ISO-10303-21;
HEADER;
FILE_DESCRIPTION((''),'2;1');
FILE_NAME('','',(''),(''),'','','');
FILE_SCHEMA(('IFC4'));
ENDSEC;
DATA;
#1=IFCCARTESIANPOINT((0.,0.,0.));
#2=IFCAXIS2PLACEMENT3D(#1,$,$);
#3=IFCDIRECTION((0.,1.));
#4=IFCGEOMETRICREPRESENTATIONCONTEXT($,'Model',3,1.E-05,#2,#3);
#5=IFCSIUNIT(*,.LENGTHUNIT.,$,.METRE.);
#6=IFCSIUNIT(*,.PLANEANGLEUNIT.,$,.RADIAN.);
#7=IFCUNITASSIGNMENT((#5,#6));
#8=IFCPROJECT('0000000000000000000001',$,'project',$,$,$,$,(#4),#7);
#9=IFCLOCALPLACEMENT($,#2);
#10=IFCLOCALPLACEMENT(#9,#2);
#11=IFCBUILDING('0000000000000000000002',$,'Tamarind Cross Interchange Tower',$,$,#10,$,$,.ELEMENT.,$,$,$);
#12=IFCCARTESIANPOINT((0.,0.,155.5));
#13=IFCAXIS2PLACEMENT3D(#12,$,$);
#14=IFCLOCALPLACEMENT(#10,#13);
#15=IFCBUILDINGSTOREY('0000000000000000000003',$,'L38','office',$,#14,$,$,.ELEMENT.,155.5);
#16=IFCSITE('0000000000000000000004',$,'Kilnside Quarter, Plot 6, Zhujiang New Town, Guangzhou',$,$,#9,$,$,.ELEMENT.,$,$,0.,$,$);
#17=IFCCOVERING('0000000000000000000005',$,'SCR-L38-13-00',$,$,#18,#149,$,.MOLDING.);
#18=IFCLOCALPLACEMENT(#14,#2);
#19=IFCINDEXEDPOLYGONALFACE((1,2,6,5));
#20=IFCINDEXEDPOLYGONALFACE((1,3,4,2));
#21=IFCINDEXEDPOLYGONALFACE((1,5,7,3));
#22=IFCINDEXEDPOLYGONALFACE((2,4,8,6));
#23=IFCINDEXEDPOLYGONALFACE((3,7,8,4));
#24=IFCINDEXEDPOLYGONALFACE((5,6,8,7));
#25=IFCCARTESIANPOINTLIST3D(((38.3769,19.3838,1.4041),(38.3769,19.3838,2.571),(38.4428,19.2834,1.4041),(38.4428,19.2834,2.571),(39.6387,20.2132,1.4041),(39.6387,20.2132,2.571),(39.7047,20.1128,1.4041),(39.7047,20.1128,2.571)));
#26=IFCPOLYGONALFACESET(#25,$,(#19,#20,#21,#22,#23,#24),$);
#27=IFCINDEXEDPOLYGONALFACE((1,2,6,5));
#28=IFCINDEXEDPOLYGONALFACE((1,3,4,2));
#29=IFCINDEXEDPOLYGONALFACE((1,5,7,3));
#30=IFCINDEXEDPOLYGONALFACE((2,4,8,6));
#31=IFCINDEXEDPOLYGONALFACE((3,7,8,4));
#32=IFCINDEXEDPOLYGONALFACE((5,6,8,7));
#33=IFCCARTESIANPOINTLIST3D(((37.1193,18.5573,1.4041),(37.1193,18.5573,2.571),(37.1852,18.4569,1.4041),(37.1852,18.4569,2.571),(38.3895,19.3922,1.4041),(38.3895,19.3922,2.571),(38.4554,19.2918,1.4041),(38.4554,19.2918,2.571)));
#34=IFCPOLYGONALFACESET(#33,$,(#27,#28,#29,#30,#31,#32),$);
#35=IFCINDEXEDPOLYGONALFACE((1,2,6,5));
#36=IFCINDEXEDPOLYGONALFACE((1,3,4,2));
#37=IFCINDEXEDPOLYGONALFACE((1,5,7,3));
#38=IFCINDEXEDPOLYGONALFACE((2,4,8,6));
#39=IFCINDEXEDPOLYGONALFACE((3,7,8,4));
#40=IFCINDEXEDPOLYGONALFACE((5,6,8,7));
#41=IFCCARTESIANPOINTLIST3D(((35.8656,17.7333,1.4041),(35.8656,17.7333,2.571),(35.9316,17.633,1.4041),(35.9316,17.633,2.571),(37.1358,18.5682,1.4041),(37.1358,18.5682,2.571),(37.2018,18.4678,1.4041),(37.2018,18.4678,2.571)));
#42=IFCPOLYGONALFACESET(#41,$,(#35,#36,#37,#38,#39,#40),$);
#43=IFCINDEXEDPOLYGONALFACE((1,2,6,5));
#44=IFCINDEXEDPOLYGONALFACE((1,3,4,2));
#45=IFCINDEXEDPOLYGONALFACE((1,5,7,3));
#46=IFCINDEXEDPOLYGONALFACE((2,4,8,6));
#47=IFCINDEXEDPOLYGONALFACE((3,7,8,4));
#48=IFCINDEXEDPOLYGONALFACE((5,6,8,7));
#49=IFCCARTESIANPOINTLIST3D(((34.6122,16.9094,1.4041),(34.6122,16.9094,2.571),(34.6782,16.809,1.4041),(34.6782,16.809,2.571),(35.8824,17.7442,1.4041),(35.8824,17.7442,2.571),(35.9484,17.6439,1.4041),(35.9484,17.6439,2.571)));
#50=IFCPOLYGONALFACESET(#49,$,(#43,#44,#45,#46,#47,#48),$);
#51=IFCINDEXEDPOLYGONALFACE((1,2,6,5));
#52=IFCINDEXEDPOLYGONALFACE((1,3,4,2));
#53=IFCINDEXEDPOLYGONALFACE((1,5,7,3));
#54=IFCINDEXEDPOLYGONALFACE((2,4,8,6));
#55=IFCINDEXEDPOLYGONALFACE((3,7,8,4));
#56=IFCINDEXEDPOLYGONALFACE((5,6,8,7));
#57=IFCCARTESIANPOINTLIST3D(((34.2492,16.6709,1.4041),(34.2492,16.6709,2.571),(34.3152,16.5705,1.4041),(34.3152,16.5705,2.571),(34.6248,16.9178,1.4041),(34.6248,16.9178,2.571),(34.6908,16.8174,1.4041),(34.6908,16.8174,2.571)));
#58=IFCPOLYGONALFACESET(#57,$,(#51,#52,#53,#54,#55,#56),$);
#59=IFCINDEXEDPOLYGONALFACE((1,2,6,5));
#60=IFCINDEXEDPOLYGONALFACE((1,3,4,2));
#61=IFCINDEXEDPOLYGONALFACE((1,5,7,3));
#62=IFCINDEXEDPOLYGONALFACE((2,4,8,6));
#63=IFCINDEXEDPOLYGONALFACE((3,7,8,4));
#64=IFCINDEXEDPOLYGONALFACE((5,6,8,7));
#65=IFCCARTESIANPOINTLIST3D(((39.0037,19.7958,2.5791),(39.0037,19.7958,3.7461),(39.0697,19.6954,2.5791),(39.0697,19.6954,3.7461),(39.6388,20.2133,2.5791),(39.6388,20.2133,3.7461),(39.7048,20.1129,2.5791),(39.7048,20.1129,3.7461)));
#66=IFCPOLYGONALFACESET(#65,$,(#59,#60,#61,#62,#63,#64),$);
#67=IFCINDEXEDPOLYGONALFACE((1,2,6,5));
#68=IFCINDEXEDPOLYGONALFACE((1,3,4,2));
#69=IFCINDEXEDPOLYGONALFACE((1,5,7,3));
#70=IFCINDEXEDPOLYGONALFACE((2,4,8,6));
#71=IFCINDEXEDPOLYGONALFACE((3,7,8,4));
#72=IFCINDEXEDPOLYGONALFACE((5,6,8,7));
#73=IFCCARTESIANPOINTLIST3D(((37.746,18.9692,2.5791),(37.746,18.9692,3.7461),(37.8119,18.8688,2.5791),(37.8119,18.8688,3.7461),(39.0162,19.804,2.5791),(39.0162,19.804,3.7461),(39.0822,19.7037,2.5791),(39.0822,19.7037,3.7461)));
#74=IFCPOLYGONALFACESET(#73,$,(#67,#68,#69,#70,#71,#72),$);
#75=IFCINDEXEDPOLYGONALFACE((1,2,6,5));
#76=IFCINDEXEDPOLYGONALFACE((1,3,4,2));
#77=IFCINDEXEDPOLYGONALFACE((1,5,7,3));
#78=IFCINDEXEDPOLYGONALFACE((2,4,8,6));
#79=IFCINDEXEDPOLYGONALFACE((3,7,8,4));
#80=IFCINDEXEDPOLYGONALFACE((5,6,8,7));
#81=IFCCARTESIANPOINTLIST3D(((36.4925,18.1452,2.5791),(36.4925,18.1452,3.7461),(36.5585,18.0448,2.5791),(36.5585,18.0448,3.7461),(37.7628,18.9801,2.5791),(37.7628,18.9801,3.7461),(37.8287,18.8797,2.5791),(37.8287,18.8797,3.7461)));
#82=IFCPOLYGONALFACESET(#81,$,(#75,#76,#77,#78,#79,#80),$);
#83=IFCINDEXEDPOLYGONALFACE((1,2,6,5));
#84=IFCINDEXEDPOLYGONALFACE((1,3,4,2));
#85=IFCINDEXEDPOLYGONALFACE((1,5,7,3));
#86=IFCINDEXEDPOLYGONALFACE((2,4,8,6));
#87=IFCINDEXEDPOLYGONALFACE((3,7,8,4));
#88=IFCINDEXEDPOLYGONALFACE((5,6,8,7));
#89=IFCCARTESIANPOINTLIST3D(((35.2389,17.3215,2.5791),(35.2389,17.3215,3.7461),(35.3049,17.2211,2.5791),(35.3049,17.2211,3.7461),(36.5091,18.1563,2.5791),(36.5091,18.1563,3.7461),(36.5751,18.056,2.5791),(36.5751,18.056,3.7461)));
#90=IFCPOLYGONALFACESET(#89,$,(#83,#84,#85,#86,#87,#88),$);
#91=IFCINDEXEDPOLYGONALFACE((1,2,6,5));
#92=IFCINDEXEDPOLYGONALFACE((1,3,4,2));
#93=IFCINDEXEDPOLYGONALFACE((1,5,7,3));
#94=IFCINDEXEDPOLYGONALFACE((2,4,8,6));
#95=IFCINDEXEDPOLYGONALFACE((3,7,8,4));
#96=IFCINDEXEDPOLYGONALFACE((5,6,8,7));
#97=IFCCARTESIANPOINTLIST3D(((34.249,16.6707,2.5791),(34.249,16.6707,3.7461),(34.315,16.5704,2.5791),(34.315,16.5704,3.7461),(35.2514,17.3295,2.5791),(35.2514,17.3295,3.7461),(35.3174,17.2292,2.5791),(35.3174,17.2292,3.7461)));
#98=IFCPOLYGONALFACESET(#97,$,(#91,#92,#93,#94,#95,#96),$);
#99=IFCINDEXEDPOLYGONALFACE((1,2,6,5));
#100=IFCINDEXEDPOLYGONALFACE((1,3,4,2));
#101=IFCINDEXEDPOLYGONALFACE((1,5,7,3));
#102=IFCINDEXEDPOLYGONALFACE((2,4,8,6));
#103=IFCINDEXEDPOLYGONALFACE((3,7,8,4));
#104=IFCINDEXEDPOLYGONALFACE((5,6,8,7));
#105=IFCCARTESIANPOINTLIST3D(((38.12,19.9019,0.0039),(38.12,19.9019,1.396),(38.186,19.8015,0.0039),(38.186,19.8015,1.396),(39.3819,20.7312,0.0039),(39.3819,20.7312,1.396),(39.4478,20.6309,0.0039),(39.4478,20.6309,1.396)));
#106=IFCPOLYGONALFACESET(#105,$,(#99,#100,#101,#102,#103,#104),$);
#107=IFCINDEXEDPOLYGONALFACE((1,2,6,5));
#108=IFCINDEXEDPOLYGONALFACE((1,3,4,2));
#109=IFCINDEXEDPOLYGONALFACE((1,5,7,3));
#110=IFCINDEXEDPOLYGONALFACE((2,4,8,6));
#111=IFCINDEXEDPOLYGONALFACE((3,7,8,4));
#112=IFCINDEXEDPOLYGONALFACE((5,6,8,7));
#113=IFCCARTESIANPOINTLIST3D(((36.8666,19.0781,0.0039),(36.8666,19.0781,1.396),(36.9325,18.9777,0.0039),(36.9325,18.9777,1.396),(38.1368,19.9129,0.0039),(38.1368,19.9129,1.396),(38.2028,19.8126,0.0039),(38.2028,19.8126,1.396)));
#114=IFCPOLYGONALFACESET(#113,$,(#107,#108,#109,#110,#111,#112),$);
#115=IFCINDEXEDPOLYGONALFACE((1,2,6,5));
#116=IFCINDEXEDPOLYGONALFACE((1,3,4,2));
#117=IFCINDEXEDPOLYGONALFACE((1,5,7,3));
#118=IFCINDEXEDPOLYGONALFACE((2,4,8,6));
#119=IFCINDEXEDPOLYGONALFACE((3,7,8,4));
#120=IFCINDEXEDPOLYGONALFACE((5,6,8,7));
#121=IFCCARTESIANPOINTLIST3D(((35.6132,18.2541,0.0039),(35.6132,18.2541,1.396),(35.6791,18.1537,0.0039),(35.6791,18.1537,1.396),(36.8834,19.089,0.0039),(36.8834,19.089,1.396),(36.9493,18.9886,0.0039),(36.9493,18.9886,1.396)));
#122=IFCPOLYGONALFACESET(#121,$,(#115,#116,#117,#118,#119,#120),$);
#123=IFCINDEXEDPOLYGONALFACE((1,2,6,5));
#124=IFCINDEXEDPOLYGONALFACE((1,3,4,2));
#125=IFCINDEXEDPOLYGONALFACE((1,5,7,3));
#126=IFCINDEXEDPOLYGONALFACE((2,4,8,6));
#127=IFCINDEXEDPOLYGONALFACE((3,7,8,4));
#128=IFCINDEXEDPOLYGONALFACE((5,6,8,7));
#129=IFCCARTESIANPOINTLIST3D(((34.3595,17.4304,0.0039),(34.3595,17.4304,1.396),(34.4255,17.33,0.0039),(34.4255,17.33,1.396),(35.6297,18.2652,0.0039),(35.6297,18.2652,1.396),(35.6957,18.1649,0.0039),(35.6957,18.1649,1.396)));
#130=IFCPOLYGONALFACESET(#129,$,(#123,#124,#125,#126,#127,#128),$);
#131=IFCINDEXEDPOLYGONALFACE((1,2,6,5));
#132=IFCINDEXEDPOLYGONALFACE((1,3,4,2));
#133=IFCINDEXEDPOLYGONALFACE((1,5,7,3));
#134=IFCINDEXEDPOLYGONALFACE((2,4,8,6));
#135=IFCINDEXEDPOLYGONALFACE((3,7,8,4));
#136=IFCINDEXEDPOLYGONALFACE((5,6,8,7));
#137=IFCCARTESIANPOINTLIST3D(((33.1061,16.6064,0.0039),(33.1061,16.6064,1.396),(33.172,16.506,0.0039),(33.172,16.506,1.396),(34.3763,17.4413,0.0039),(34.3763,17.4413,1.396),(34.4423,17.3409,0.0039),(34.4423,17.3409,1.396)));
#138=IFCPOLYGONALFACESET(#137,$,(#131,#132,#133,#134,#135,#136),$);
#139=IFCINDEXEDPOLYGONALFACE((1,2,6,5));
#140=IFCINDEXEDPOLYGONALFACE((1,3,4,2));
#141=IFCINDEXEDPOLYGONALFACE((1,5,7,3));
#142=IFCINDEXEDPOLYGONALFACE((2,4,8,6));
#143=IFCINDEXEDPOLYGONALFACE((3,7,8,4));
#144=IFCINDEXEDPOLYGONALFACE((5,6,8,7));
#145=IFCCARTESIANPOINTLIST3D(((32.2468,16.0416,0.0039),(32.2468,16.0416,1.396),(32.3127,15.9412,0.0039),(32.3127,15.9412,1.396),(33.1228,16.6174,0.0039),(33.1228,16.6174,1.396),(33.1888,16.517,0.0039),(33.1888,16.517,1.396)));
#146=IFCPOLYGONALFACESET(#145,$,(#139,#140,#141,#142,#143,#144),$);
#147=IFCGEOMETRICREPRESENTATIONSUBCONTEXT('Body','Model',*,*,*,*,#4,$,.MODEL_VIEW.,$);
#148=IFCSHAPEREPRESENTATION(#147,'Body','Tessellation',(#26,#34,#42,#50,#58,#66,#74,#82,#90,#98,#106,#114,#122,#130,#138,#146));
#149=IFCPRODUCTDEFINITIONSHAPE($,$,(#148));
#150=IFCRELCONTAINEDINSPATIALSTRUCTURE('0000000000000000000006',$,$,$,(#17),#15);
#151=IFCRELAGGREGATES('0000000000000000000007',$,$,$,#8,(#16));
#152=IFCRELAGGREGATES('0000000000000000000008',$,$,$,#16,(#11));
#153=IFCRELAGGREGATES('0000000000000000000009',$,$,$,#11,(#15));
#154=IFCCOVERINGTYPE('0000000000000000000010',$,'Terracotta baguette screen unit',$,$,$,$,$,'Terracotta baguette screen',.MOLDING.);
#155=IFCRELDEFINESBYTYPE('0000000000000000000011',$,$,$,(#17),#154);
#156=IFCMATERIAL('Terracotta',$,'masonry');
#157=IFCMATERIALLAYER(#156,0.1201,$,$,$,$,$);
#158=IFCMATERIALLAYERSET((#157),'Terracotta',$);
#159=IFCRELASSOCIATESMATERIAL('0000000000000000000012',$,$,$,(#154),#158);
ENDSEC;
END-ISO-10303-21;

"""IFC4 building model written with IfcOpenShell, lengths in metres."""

from ifc_helpers import new_model, si_unit, direction, frame, origin, origin_2d, place, context, subcontext, project, spatial, rectangle, extrude, material, layer, layer_set, type_object, element, save


model = new_model("IFC4")

# Units and contexts
model_context = context("Model", 3, precision=1e-05, world=origin(), true_north=direction((0.0, 1.0)))
body_context = subcontext(model_context, "Body", "Model", "MODEL_VIEW")
ifc_project = project(units=[si_unit("LENGTHUNIT", "METRE"), si_unit("PLANEANGLEUNIT", "RADIAN")], contexts=[model_context])

# Site, building, storey
site_placement = place(None, origin())
site = spatial("IfcSite", under=ifc_project, at=site_placement, Name="Kilnside Quarter, Plot 6, Zhujiang New Town, Guangzhou", CompositionType="ELEMENT", RefElevation=0.0)
building_placement = place(site_placement, origin())
building = spatial("IfcBuilding", under=site, at=building_placement, Name="Tamarind Cross Interchange Tower", CompositionType="ELEMENT")
storey_placement = place(building_placement, frame((0.0, 0.0, 155.5)))
storey = spatial("IfcBuildingStorey", under=building, at=storey_placement, Name="L38", Description="office", CompositionType="ELEMENT", Elevation=155.5)

# Covering
ifc_material_1 = material(Name="Terracotta", Category="masonry")
ifc_layer_1 = layer(ifc_material_1, 0.1201)
ifc_layer_set_1 = layer_set([ifc_layer_1], Name="Terracotta")
covering_type = type_object("IfcCoveringType", Name="Terracotta baguette screen unit", ElementType="Terracotta baguette screen", PredefinedType="MOLDING", material=ifc_layer_set_1)
covering_1_placement = place(storey_placement, origin())
element("IfcCovering", 1, at=covering_1_placement, inside=storey, type_object=covering_type, Name="SCR-L38-13-00", PredefinedType="MOLDING", context=body_context, shape_type="SweptSolid", body=[
    extrude(rectangle(XDim=1.51, YDim=0.1201, at=origin_2d()), frame((39.0408, 19.7483, 1.4041), z_axis=(0.0, 0.0, 1.0), x_axis=(-0.83566, -0.549248, 0.0)), (0.0, 0.0, 1.0), 1.167),
    extrude(rectangle(XDim=1.52, YDim=0.1201, at=origin_2d()), frame((37.7874, 18.9246, 1.4041), z_axis=(0.0, 0.0, 1.0), x_axis=(-0.83566, -0.549248, 0.0)), (0.0, 0.0, 1.0), 1.167),
    extrude(rectangle(XDim=1.52, YDim=0.1201, at=origin_2d()), frame((36.5337, 18.1006, 1.4041), z_axis=(0.0, 0.0, 1.0), x_axis=(-0.83566, -0.549248, 0.0)), (0.0, 0.0, 1.0), 1.167),
    extrude(rectangle(XDim=1.52, YDim=0.1201, at=origin_2d()), frame((35.2803, 17.2766, 1.4041), z_axis=(0.0, 0.0, 1.0), x_axis=(-0.83566, -0.549248, 0.0)), (0.0, 0.0, 1.0), 1.167),
    extrude(rectangle(XDim=0.4495, YDim=0.1201, at=origin_2d()), frame((34.47, 16.7441, 1.4041), z_axis=(0.0, 0.0, 1.0), x_axis=(-0.83566, -0.549248, 0.0)), (0.0, 0.0, 1.0), 1.167),
    extrude(rectangle(XDim=0.76, YDim=0.1201, at=origin_2d()), frame((39.3542, 19.9543, 2.5791), z_axis=(0.0, 0.0, 1.0), x_axis=(-0.83566, -0.549248, 0.0)), (0.0, 0.0, 1.0), 1.167),
    extrude(rectangle(XDim=1.52, YDim=0.1201, at=origin_2d()), frame((38.4141, 19.3364, 2.5791), z_axis=(0.0, 0.0, 1.0), x_axis=(-0.83566, -0.549248, 0.0)), (0.0, 0.0, 1.0), 1.167),
    extrude(rectangle(XDim=1.52, YDim=0.1201, at=origin_2d()), frame((37.1606, 18.5125, 2.5791), z_axis=(0.0, 0.0, 1.0), x_axis=(-0.83566, -0.549248, 0.0)), (0.0, 0.0, 1.0), 1.167),
    extrude(rectangle(XDim=1.52, YDim=0.1201, at=origin_2d()), frame((35.907, 17.6887, 2.5791), z_axis=(0.0, 0.0, 1.0), x_axis=(-0.83566, -0.549248, 0.0)), (0.0, 0.0, 1.0), 1.167),
    extrude(rectangle(XDim=1.1995, YDim=0.1201, at=origin_2d()), frame((34.7832, 16.95, 2.5791), z_axis=(0.0, 0.0, 1.0), x_axis=(-0.83566, -0.549248, 0.0)), (0.0, 0.0, 1.0), 1.167),
    extrude(rectangle(XDim=1.51, YDim=0.1201, at=origin_2d()), frame((38.7839, 20.2664, 0.0039), z_axis=(0.0, 0.0, 1.0), x_axis=(-0.83566, -0.549248, 0.0)), (0.0, 0.0, 1.0), 1.3921),
    extrude(rectangle(XDim=1.52, YDim=0.1201, at=origin_2d()), frame((37.5347, 19.4453, 0.0039), z_axis=(0.0, 0.0, 1.0), x_axis=(-0.83566, -0.549248, 0.0)), (0.0, 0.0, 1.0), 1.3921),
    extrude(rectangle(XDim=1.52, YDim=0.1201, at=origin_2d()), frame((36.2812, 18.6213, 0.0039), z_axis=(0.0, 0.0, 1.0), x_axis=(-0.83566, -0.549248, 0.0)), (0.0, 0.0, 1.0), 1.3921),
    extrude(rectangle(XDim=1.52, YDim=0.1201, at=origin_2d()), frame((35.0276, 17.7976, 0.0039), z_axis=(0.0, 0.0, 1.0), x_axis=(-0.83566, -0.549248, 0.0)), (0.0, 0.0, 1.0), 1.3921),
    extrude(rectangle(XDim=1.52, YDim=0.1201, at=origin_2d()), frame((33.7742, 16.9736, 0.0039), z_axis=(0.0, 0.0, 1.0), x_axis=(-0.83566, -0.549248, 0.0)), (0.0, 0.0, 1.0), 1.3921),
    extrude(rectangle(XDim=1.0483, YDim=0.1201, at=origin_2d()), frame((32.7178, 16.2793, 0.0039), z_axis=(0.0, 0.0, 1.0), x_axis=(-0.83566, -0.549248, 0.0)), (0.0, 0.0, 1.0), 1.3921),
])

save(model, "model.ifc")
